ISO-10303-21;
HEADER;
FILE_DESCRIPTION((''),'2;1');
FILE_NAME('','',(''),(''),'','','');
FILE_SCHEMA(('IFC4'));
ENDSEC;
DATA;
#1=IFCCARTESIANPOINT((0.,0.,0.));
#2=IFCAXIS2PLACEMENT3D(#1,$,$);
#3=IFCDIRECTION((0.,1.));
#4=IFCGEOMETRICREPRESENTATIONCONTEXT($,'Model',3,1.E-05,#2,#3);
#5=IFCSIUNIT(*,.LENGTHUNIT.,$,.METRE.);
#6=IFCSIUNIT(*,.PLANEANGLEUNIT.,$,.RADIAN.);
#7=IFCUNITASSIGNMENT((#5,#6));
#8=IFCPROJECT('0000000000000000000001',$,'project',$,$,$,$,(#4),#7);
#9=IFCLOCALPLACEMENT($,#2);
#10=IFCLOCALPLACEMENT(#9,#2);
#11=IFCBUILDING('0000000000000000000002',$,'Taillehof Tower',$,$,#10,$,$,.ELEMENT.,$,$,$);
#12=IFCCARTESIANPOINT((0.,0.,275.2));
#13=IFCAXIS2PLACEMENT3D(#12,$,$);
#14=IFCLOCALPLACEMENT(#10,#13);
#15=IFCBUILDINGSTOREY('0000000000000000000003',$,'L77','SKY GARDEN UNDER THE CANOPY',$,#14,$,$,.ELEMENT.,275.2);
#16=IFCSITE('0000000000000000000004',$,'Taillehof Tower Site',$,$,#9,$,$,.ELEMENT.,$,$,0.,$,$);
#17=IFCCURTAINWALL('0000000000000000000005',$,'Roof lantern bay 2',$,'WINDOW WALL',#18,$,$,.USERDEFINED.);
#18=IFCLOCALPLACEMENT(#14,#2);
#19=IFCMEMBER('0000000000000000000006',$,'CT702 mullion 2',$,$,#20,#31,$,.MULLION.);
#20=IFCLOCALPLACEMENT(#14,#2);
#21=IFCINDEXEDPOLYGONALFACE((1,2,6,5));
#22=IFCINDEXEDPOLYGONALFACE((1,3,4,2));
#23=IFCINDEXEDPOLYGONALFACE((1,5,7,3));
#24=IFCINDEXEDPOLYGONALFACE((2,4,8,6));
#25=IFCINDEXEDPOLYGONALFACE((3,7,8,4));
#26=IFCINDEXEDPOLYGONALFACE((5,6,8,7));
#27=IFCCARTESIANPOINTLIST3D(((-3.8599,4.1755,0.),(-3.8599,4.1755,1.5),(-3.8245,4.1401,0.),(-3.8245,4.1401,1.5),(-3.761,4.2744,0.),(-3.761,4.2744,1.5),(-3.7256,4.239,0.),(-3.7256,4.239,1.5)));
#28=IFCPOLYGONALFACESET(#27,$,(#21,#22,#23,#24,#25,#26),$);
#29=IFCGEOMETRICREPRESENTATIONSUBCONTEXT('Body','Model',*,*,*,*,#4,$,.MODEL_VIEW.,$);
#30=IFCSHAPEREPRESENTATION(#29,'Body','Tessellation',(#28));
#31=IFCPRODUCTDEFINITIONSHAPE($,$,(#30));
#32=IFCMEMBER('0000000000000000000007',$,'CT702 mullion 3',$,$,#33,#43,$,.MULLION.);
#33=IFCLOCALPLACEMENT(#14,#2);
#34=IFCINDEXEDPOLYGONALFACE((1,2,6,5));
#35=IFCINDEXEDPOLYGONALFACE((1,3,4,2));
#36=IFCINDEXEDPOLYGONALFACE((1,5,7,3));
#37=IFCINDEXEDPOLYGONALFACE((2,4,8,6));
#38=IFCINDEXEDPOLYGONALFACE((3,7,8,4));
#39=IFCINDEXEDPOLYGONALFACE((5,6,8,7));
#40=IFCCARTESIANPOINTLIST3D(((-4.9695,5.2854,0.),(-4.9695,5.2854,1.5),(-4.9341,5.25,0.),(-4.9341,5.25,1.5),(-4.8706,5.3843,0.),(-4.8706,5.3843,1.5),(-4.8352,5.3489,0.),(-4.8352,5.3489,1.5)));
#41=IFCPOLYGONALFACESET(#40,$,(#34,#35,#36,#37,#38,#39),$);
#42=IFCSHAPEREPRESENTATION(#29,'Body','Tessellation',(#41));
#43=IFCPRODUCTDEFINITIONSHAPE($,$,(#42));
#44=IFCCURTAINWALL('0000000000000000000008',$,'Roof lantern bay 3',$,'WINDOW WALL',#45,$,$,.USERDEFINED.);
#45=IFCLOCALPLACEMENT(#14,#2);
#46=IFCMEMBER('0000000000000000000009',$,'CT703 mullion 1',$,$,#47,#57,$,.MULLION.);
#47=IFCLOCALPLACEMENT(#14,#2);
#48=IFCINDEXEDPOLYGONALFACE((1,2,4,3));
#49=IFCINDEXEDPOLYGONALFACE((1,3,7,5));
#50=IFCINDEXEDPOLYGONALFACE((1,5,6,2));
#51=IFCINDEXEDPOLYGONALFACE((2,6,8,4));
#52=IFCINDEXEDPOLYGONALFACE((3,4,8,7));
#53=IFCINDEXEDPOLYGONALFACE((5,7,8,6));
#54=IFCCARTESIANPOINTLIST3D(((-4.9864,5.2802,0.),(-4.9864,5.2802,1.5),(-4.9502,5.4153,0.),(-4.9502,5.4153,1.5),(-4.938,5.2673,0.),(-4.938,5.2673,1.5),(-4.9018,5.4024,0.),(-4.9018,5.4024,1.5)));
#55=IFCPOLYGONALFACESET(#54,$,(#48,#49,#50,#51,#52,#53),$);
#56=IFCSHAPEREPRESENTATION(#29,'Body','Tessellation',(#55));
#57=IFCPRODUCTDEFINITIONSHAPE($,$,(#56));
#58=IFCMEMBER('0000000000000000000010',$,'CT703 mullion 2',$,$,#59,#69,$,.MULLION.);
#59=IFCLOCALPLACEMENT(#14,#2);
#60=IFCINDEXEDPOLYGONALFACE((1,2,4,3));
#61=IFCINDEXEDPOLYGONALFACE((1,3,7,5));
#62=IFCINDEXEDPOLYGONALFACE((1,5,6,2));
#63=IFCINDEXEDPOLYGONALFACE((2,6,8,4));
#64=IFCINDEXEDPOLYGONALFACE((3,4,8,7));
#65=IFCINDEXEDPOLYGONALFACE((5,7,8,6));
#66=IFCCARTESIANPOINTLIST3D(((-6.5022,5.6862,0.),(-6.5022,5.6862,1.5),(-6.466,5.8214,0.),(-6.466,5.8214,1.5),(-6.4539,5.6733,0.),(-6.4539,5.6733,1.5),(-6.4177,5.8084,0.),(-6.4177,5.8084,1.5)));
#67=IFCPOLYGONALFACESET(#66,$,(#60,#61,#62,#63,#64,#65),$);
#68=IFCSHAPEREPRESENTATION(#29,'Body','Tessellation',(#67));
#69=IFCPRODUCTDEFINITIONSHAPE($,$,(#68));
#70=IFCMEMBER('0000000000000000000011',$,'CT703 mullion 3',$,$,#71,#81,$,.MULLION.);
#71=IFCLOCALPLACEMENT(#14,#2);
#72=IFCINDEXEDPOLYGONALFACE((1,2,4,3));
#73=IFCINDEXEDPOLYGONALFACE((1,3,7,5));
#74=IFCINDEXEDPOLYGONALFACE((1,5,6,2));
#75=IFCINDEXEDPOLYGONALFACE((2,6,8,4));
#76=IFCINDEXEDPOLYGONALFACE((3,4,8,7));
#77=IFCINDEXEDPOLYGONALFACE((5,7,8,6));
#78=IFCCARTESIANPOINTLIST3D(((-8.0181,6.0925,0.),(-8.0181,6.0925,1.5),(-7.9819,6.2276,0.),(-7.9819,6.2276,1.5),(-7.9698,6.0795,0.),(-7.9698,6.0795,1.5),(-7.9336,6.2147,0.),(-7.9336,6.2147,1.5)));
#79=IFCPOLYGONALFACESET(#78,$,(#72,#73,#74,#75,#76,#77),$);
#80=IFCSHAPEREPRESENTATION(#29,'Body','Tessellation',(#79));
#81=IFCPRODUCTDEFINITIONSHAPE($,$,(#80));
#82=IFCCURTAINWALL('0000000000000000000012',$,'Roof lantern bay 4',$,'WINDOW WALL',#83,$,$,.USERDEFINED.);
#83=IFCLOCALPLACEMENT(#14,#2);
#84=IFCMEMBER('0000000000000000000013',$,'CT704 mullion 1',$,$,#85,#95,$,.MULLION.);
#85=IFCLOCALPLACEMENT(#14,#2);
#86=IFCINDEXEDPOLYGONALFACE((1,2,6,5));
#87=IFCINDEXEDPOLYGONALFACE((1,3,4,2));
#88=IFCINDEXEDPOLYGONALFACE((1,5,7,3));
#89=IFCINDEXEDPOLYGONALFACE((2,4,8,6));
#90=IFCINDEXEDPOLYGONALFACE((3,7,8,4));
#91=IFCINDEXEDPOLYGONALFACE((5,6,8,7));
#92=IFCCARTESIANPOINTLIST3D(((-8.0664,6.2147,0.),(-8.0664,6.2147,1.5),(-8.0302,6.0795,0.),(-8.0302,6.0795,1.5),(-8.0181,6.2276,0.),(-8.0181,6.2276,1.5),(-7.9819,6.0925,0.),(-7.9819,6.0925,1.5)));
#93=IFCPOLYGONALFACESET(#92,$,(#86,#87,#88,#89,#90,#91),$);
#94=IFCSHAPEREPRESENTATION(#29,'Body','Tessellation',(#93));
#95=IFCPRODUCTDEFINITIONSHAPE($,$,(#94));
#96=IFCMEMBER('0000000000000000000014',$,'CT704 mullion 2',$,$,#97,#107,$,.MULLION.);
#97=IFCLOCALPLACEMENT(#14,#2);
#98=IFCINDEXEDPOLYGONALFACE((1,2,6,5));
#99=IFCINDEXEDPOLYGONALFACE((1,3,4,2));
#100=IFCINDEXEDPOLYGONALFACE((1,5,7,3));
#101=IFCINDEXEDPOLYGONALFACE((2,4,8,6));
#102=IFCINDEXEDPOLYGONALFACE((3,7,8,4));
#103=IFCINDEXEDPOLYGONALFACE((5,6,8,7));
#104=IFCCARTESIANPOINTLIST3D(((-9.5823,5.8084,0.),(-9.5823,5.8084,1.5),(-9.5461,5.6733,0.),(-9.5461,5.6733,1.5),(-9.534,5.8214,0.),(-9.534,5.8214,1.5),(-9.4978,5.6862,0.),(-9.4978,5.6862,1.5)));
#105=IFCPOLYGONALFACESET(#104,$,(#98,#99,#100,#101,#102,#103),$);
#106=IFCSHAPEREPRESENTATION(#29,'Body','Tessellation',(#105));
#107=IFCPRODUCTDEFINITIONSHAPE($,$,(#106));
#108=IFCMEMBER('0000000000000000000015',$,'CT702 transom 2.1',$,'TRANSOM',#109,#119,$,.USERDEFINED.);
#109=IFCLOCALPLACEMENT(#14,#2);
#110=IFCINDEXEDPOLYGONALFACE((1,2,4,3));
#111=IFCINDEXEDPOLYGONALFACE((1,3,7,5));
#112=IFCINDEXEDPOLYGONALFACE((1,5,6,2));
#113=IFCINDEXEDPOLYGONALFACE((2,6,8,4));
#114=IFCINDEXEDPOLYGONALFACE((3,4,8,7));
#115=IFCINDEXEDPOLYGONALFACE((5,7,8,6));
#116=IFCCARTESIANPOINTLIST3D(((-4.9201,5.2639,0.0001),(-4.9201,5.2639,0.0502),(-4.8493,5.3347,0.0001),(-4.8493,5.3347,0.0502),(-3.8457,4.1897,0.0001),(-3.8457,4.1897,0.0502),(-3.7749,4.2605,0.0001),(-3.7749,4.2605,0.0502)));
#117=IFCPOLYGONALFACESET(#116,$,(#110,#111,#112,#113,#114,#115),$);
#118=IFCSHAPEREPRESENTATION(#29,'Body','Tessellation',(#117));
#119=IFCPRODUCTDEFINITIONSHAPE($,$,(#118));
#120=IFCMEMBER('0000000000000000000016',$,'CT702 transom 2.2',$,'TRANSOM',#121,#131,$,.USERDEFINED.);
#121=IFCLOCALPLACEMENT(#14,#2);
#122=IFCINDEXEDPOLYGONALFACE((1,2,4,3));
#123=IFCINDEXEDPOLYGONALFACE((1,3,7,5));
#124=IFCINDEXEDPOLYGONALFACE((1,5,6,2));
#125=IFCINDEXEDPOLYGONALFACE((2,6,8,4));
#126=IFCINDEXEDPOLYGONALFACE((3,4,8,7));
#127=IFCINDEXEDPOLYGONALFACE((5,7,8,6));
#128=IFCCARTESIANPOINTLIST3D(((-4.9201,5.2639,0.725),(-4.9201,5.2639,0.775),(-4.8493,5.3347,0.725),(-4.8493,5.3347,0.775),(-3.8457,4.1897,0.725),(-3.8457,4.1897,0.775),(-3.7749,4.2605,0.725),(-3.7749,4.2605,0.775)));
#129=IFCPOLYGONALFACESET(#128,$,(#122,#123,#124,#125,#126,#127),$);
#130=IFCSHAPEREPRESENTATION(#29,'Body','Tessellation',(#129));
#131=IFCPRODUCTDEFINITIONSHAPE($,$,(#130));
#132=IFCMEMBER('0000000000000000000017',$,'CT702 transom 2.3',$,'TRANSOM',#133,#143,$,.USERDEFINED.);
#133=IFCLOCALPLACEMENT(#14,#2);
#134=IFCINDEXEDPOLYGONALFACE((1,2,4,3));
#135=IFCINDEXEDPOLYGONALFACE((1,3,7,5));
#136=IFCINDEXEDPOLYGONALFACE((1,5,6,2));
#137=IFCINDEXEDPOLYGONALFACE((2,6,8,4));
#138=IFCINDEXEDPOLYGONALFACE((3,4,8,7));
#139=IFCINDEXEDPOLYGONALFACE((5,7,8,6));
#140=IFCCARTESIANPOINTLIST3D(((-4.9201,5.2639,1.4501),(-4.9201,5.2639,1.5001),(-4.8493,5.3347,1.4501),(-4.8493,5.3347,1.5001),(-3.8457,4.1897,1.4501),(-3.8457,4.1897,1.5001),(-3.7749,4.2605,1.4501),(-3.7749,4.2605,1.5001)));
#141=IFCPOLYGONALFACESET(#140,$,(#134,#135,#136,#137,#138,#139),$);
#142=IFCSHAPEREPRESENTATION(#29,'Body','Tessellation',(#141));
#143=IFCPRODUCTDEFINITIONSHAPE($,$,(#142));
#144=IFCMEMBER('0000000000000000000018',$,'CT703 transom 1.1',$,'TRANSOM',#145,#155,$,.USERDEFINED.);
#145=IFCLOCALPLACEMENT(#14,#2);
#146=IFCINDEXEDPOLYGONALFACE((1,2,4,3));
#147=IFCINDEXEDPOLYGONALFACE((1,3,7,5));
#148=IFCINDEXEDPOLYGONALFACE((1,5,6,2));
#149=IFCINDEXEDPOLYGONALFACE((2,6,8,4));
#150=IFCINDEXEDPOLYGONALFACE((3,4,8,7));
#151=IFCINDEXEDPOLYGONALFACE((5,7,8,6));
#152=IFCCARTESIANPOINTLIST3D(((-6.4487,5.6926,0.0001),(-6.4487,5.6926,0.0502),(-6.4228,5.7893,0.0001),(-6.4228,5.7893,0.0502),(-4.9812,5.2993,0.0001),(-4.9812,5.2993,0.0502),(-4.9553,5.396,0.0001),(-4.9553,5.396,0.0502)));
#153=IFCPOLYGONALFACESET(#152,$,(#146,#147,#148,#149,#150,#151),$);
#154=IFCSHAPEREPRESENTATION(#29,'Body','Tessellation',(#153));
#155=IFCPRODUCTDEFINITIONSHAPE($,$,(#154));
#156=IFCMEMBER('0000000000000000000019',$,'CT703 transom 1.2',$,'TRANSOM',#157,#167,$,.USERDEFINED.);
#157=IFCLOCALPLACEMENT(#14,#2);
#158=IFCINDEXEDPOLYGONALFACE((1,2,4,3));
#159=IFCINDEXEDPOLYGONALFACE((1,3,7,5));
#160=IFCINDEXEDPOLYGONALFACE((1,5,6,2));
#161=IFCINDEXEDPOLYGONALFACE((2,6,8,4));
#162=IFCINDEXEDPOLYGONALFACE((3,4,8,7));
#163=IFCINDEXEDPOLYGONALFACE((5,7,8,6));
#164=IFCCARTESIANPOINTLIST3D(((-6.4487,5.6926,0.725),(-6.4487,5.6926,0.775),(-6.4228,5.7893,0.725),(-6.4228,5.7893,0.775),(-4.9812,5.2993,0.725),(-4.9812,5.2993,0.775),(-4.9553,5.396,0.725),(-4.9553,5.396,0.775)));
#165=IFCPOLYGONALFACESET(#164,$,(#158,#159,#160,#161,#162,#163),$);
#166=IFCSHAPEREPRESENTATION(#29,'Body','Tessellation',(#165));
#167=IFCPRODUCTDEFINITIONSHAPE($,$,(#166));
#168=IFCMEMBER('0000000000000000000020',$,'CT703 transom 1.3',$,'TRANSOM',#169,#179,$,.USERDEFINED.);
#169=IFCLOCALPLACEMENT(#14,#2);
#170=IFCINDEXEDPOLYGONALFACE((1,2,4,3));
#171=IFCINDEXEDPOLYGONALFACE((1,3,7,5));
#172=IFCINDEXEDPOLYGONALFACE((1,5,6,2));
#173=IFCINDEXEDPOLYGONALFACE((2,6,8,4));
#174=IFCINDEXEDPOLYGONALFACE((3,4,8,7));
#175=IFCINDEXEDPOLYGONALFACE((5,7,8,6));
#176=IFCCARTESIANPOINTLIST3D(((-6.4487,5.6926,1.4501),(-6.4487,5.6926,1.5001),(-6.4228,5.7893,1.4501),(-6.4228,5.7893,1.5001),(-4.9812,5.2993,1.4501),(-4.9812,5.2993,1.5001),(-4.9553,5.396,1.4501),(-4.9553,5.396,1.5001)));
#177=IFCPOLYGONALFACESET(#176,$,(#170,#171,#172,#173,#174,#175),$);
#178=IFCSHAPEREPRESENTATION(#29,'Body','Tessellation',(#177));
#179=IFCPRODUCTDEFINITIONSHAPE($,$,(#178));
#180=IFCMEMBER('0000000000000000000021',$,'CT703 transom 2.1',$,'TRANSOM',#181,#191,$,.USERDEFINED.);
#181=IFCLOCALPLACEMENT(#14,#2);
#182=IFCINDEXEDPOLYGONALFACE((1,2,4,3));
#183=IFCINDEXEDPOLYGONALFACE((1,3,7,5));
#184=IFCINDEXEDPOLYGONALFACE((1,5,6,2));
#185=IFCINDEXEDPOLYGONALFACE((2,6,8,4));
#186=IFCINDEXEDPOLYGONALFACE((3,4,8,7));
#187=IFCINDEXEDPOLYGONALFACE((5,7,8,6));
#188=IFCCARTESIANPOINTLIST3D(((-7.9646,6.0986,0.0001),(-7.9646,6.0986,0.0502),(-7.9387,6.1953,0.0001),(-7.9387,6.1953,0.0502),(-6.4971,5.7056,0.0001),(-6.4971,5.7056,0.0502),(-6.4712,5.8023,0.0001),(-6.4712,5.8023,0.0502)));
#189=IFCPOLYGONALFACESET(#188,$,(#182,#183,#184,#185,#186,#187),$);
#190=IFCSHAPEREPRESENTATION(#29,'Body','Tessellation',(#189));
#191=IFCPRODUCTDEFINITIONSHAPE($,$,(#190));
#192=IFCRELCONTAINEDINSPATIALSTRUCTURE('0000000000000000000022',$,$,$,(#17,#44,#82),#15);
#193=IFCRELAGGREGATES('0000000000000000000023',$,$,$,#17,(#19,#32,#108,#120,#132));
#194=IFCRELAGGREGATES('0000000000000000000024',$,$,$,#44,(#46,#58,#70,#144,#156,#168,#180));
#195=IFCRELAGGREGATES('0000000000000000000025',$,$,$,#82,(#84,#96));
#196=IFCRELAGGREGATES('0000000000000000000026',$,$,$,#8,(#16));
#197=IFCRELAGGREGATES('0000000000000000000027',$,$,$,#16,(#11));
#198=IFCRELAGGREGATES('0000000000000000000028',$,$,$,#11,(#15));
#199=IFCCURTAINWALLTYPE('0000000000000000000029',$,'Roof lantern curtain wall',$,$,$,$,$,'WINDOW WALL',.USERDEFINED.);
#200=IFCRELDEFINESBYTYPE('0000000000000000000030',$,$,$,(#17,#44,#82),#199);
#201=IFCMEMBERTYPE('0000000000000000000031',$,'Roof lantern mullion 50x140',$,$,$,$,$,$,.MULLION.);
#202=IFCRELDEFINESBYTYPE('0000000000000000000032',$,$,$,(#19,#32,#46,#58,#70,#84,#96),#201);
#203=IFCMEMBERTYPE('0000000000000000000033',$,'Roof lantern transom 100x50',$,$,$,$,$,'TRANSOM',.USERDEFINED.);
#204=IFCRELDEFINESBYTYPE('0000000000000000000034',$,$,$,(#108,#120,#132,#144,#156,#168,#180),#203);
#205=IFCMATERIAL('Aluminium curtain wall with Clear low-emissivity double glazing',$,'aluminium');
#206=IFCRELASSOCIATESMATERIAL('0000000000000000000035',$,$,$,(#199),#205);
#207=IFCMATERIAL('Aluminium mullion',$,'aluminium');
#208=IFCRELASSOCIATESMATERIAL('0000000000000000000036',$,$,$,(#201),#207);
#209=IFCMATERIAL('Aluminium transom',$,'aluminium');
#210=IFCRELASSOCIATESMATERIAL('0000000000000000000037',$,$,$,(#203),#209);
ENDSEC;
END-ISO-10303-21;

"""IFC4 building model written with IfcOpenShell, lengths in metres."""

from ifc_helpers import new_model, si_unit, direction, frame, origin, origin_2d, place, context, subcontext, project, spatial, rectangle, extrude, material, material_profile, profile_set, type_object, element, aggregate, save


model = new_model("IFC4")

# Units and contexts
model_context = context("Model", 3, precision=1e-05, world=origin(), true_north=direction((0.0, 1.0)))
body_context = subcontext(model_context, "Body", "Model", "MODEL_VIEW")
ifc_project = project(units=[si_unit("LENGTHUNIT", "METRE"), si_unit("PLANEANGLEUNIT", "RADIAN")], contexts=[model_context])

# Site, building, storey
site_placement = place(None, origin())
site = spatial("IfcSite", under=ifc_project, at=site_placement, Name="Taillehof Tower Site", CompositionType="ELEMENT", RefElevation=0.0)
building_placement = place(site_placement, origin())
building = spatial("IfcBuilding", under=site, at=building_placement, Name="Taillehof Tower", CompositionType="ELEMENT")
storey_placement = place(building_placement, frame((0.0, 0.0, 275.2)))
storey = spatial("IfcBuildingStorey", under=building, at=storey_placement, Name="L77", Description="SKY GARDEN UNDER THE CANOPY", CompositionType="ELEMENT", Elevation=275.2)

# Curtain walls, members
ifc_material_1 = material(Name="Aluminium curtain wall with Clear low-emissivity double glazing", Category="aluminium")
curtain_wall_type = type_object("IfcCurtainWallType", Name="Roof lantern curtain wall", ElementType="WINDOW WALL", PredefinedType="USERDEFINED", material=ifc_material_1)
curtain_wall_1_placement = place(storey_placement, origin())
curtain_wall_1 = element("IfcCurtainWall", 1, at=curtain_wall_1_placement, inside=storey, type_object=curtain_wall_type, Name="Roof lantern bay 2", ObjectType="WINDOW WALL", PredefinedType="USERDEFINED")
ifc_material_2 = material(Name="Aluminium mullion", Category="aluminium")
ifc_material_profile_1 = material_profile(ifc_material_2, rectangle(XDim=0.1399, YDim=0.05, at=origin_2d()), Name="AL 50x140")
ifc_profile_set_1 = profile_set([ifc_material_profile_1], Name="Aluminium mullion")
member_type_1 = type_object("IfcMemberType", Name="Roof lantern mullion 50x140", PredefinedType="MULLION", material=ifc_profile_set_1)
member_1_placement = place(storey_placement, frame((-3.7927, 4.2073, 0.0), z_axis=(0.0, 0.0, 1.0), x_axis=(-0.707107, -0.707107, 0.0)))
member_1 = element("IfcMember", 2, at=member_1_placement, type_object=member_type_1, Name="CT702 mullion 2", PredefinedType="MULLION", context=body_context, shape_type="SweptSolid", body=[
    extrude(rectangle(XDim=0.1399, YDim=0.05, at=origin_2d()), origin(), (0.0, 0.0, 1.0), 1.5),
])
member_2_placement = place(storey_placement, frame((-4.9023, 5.3171, 0.0), z_axis=(0.0, 0.0, 1.0), x_axis=(-0.707107, -0.707107, 0.0)))
member_2 = element("IfcMember", 3, at=member_2_placement, type_object=member_type_1, Name="CT702 mullion 3", PredefinedType="MULLION", context=body_context, shape_type="SweptSolid", body=[
    extrude(rectangle(XDim=0.1399, YDim=0.05, at=origin_2d()), origin(), (0.0, 0.0, 1.0), 1.5),
])
curtain_wall_2_placement = place(storey_placement, origin())
curtain_wall_2 = element("IfcCurtainWall", 4, at=curtain_wall_2_placement, inside=storey, type_object=curtain_wall_type, Name="Roof lantern bay 3", ObjectType="WINDOW WALL", PredefinedType="USERDEFINED")
member_3_placement = place(storey_placement, frame((-4.9441, 5.3413, 0.0), z_axis=(0.0, 0.0, 1.0), x_axis=(-0.258819, -0.965926, 0.0)))
member_3 = element("IfcMember", 5, at=member_3_placement, type_object=member_type_1, Name="CT703 mullion 1", PredefinedType="MULLION", context=body_context, shape_type="SweptSolid", body=[
    extrude(rectangle(XDim=0.1399, YDim=0.05, at=origin_2d()), origin(), (0.0, 0.0, 1.0), 1.5),
])
member_4_placement = place(storey_placement, frame((-6.46, 5.7473, 0.0), z_axis=(0.0, 0.0, 1.0), x_axis=(-0.258819, -0.965926, 0.0)))
member_4 = element("IfcMember", 6, at=member_4_placement, type_object=member_type_1, Name="CT703 mullion 2", PredefinedType="MULLION", context=body_context, shape_type="SweptSolid", body=[
    extrude(rectangle(XDim=0.1399, YDim=0.05, at=origin_2d()), origin(), (0.0, 0.0, 1.0), 1.5),
])
member_5_placement = place(storey_placement, frame((-7.9758, 6.1536, 0.0), z_axis=(0.0, 0.0, 1.0), x_axis=(-0.258819, -0.965926, 0.0)))
member_5 = element("IfcMember", 7, at=member_5_placement, type_object=member_type_1, Name="CT703 mullion 3", PredefinedType="MULLION", context=body_context, shape_type="SweptSolid", body=[
    extrude(rectangle(XDim=0.1399, YDim=0.05, at=origin_2d()), origin(), (0.0, 0.0, 1.0), 1.5),
])
curtain_wall_3_placement = place(storey_placement, origin())
curtain_wall_3 = element("IfcCurtainWall", 8, at=curtain_wall_3_placement, inside=storey, type_object=curtain_wall_type, Name="Roof lantern bay 4", ObjectType="WINDOW WALL", PredefinedType="USERDEFINED")
member_6_placement = place(storey_placement, frame((-8.0242, 6.1536, 0.0), z_axis=(0.0, 0.0, 1.0), x_axis=(0.258819, -0.965926, 0.0)))
member_6 = element("IfcMember", 9, at=member_6_placement, type_object=member_type_1, Name="CT704 mullion 1", PredefinedType="MULLION", context=body_context, shape_type="SweptSolid", body=[
    extrude(rectangle(XDim=0.1399, YDim=0.05, at=origin_2d()), origin(), (0.0, 0.0, 1.0), 1.5),
])
member_7_placement = place(storey_placement, frame((-9.54, 5.7473, 0.0), z_axis=(0.0, 0.0, 1.0), x_axis=(0.258819, -0.965926, 0.0)))
member_7 = element("IfcMember", 10, at=member_7_placement, type_object=member_type_1, Name="CT704 mullion 2", PredefinedType="MULLION", context=body_context, shape_type="SweptSolid", body=[
    extrude(rectangle(XDim=0.1399, YDim=0.05, at=origin_2d()), origin(), (0.0, 0.0, 1.0), 1.5),
])

# Members
ifc_material_3 = material(Name="Aluminium transom", Category="aluminium")
ifc_material_profile_2 = material_profile(ifc_material_3, rectangle(XDim=0.1001, YDim=0.05, at=origin_2d()), Name="AL 100x50")
ifc_profile_set_2 = profile_set([ifc_material_profile_2], Name="Aluminium transom")
member_type_2 = type_object("IfcMemberType", Name="Roof lantern transom 100x50", ElementType="TRANSOM", PredefinedType="USERDEFINED", material=ifc_profile_set_2)
member_8_placement = place(storey_placement, frame((-3.8103, 4.2251, 0.0251), z_axis=(-0.707187, 0.707026, 0.0), x_axis=(-0.707026, -0.707187, 0.0)))
member_8 = element("IfcMember", 11, at=member_8_placement, type_object=member_type_2, Name="CT702 transom 2.1", ObjectType="TRANSOM", PredefinedType="USERDEFINED", context=body_context, shape_type="SweptSolid", body=[
    extrude(rectangle(XDim=0.1001, YDim=0.05, at=origin_2d()), origin(), (0.0, 0.0, 1.0), 1.5193),
])
member_9_placement = place(storey_placement, frame((-3.8103, 4.2251, 0.75), z_axis=(-0.707187, 0.707026, 0.0), x_axis=(-0.707026, -0.707187, 0.0)))
member_9 = element("IfcMember", 12, at=member_9_placement, type_object=member_type_2, Name="CT702 transom 2.2", ObjectType="TRANSOM", PredefinedType="USERDEFINED", context=body_context, shape_type="SweptSolid", body=[
    extrude(rectangle(XDim=0.1001, YDim=0.05, at=origin_2d()), origin(), (0.0, 0.0, 1.0), 1.5193),
])
member_10_placement = place(storey_placement, frame((-3.8103, 4.2251, 1.4751), z_axis=(-0.707187, 0.707026, 0.0), x_axis=(-0.707026, -0.707187, 0.0)))
member_10 = element("IfcMember", 13, at=member_10_placement, type_object=member_type_2, Name="CT702 transom 2.3", ObjectType="TRANSOM", PredefinedType="USERDEFINED", context=body_context, shape_type="SweptSolid", body=[
    extrude(rectangle(XDim=0.1001, YDim=0.05, at=origin_2d()), origin(), (0.0, 0.0, 1.0), 1.5193),
])
member_11_placement = place(storey_placement, frame((-4.9683, 5.3477, 0.0251), z_axis=(-0.965911, 0.258873, 0.0), x_axis=(-0.258873, -0.965911, 0.0)))
member_11 = element("IfcMember", 14, at=member_11_placement, type_object=member_type_2, Name="CT703 transom 1.1", ObjectType="TRANSOM", PredefinedType="USERDEFINED", context=body_context, shape_type="SweptSolid", body=[
    extrude(rectangle(XDim=0.1001, YDim=0.05, at=origin_2d()), origin(), (0.0, 0.0, 1.0), 1.5193),
])
member_12_placement = place(storey_placement, frame((-4.9683, 5.3477, 0.75), z_axis=(-0.965911, 0.258873, 0.0), x_axis=(-0.258873, -0.965911, 0.0)))
member_12 = element("IfcMember", 15, at=member_12_placement, type_object=member_type_2, Name="CT703 transom 1.2", ObjectType="TRANSOM", PredefinedType="USERDEFINED", context=body_context, shape_type="SweptSolid", body=[
    extrude(rectangle(XDim=0.1001, YDim=0.05, at=origin_2d()), origin(), (0.0, 0.0, 1.0), 1.5193),
])
member_13_placement = place(storey_placement, frame((-4.9683, 5.3477, 1.4751), z_axis=(-0.965911, 0.258873, 0.0), x_axis=(-0.258873, -0.965911, 0.0)))
member_13 = element("IfcMember", 16, at=member_13_placement, type_object=member_type_2, Name="CT703 transom 1.3", ObjectType="TRANSOM", PredefinedType="USERDEFINED", context=body_context, shape_type="SweptSolid", body=[
    extrude(rectangle(XDim=0.1001, YDim=0.05, at=origin_2d()), origin(), (0.0, 0.0, 1.0), 1.5193),
])
member_14_placement = place(storey_placement, frame((-6.4841, 5.7539, 0.0251), z_axis=(-0.965952, 0.258723, 0.0), x_axis=(-0.258723, -0.965952, 0.0)))
member_14 = element("IfcMember", 17, at=member_14_placement, type_object=member_type_2, Name="CT703 transom 2.1", ObjectType="TRANSOM", PredefinedType="USERDEFINED", context=body_context, shape_type="SweptSolid", body=[
    extrude(rectangle(XDim=0.1001, YDim=0.05, at=origin_2d()), origin(), (0.0, 0.0, 1.0), 1.5193),
])

aggregate(curtain_wall_1, [member_1, member_2, member_8, member_9, member_10])
aggregate(curtain_wall_2, [member_3, member_4, member_5, member_11, member_12, member_13, member_14])
aggregate(curtain_wall_3, [member_6, member_7])

save(model, "model.ifc")
